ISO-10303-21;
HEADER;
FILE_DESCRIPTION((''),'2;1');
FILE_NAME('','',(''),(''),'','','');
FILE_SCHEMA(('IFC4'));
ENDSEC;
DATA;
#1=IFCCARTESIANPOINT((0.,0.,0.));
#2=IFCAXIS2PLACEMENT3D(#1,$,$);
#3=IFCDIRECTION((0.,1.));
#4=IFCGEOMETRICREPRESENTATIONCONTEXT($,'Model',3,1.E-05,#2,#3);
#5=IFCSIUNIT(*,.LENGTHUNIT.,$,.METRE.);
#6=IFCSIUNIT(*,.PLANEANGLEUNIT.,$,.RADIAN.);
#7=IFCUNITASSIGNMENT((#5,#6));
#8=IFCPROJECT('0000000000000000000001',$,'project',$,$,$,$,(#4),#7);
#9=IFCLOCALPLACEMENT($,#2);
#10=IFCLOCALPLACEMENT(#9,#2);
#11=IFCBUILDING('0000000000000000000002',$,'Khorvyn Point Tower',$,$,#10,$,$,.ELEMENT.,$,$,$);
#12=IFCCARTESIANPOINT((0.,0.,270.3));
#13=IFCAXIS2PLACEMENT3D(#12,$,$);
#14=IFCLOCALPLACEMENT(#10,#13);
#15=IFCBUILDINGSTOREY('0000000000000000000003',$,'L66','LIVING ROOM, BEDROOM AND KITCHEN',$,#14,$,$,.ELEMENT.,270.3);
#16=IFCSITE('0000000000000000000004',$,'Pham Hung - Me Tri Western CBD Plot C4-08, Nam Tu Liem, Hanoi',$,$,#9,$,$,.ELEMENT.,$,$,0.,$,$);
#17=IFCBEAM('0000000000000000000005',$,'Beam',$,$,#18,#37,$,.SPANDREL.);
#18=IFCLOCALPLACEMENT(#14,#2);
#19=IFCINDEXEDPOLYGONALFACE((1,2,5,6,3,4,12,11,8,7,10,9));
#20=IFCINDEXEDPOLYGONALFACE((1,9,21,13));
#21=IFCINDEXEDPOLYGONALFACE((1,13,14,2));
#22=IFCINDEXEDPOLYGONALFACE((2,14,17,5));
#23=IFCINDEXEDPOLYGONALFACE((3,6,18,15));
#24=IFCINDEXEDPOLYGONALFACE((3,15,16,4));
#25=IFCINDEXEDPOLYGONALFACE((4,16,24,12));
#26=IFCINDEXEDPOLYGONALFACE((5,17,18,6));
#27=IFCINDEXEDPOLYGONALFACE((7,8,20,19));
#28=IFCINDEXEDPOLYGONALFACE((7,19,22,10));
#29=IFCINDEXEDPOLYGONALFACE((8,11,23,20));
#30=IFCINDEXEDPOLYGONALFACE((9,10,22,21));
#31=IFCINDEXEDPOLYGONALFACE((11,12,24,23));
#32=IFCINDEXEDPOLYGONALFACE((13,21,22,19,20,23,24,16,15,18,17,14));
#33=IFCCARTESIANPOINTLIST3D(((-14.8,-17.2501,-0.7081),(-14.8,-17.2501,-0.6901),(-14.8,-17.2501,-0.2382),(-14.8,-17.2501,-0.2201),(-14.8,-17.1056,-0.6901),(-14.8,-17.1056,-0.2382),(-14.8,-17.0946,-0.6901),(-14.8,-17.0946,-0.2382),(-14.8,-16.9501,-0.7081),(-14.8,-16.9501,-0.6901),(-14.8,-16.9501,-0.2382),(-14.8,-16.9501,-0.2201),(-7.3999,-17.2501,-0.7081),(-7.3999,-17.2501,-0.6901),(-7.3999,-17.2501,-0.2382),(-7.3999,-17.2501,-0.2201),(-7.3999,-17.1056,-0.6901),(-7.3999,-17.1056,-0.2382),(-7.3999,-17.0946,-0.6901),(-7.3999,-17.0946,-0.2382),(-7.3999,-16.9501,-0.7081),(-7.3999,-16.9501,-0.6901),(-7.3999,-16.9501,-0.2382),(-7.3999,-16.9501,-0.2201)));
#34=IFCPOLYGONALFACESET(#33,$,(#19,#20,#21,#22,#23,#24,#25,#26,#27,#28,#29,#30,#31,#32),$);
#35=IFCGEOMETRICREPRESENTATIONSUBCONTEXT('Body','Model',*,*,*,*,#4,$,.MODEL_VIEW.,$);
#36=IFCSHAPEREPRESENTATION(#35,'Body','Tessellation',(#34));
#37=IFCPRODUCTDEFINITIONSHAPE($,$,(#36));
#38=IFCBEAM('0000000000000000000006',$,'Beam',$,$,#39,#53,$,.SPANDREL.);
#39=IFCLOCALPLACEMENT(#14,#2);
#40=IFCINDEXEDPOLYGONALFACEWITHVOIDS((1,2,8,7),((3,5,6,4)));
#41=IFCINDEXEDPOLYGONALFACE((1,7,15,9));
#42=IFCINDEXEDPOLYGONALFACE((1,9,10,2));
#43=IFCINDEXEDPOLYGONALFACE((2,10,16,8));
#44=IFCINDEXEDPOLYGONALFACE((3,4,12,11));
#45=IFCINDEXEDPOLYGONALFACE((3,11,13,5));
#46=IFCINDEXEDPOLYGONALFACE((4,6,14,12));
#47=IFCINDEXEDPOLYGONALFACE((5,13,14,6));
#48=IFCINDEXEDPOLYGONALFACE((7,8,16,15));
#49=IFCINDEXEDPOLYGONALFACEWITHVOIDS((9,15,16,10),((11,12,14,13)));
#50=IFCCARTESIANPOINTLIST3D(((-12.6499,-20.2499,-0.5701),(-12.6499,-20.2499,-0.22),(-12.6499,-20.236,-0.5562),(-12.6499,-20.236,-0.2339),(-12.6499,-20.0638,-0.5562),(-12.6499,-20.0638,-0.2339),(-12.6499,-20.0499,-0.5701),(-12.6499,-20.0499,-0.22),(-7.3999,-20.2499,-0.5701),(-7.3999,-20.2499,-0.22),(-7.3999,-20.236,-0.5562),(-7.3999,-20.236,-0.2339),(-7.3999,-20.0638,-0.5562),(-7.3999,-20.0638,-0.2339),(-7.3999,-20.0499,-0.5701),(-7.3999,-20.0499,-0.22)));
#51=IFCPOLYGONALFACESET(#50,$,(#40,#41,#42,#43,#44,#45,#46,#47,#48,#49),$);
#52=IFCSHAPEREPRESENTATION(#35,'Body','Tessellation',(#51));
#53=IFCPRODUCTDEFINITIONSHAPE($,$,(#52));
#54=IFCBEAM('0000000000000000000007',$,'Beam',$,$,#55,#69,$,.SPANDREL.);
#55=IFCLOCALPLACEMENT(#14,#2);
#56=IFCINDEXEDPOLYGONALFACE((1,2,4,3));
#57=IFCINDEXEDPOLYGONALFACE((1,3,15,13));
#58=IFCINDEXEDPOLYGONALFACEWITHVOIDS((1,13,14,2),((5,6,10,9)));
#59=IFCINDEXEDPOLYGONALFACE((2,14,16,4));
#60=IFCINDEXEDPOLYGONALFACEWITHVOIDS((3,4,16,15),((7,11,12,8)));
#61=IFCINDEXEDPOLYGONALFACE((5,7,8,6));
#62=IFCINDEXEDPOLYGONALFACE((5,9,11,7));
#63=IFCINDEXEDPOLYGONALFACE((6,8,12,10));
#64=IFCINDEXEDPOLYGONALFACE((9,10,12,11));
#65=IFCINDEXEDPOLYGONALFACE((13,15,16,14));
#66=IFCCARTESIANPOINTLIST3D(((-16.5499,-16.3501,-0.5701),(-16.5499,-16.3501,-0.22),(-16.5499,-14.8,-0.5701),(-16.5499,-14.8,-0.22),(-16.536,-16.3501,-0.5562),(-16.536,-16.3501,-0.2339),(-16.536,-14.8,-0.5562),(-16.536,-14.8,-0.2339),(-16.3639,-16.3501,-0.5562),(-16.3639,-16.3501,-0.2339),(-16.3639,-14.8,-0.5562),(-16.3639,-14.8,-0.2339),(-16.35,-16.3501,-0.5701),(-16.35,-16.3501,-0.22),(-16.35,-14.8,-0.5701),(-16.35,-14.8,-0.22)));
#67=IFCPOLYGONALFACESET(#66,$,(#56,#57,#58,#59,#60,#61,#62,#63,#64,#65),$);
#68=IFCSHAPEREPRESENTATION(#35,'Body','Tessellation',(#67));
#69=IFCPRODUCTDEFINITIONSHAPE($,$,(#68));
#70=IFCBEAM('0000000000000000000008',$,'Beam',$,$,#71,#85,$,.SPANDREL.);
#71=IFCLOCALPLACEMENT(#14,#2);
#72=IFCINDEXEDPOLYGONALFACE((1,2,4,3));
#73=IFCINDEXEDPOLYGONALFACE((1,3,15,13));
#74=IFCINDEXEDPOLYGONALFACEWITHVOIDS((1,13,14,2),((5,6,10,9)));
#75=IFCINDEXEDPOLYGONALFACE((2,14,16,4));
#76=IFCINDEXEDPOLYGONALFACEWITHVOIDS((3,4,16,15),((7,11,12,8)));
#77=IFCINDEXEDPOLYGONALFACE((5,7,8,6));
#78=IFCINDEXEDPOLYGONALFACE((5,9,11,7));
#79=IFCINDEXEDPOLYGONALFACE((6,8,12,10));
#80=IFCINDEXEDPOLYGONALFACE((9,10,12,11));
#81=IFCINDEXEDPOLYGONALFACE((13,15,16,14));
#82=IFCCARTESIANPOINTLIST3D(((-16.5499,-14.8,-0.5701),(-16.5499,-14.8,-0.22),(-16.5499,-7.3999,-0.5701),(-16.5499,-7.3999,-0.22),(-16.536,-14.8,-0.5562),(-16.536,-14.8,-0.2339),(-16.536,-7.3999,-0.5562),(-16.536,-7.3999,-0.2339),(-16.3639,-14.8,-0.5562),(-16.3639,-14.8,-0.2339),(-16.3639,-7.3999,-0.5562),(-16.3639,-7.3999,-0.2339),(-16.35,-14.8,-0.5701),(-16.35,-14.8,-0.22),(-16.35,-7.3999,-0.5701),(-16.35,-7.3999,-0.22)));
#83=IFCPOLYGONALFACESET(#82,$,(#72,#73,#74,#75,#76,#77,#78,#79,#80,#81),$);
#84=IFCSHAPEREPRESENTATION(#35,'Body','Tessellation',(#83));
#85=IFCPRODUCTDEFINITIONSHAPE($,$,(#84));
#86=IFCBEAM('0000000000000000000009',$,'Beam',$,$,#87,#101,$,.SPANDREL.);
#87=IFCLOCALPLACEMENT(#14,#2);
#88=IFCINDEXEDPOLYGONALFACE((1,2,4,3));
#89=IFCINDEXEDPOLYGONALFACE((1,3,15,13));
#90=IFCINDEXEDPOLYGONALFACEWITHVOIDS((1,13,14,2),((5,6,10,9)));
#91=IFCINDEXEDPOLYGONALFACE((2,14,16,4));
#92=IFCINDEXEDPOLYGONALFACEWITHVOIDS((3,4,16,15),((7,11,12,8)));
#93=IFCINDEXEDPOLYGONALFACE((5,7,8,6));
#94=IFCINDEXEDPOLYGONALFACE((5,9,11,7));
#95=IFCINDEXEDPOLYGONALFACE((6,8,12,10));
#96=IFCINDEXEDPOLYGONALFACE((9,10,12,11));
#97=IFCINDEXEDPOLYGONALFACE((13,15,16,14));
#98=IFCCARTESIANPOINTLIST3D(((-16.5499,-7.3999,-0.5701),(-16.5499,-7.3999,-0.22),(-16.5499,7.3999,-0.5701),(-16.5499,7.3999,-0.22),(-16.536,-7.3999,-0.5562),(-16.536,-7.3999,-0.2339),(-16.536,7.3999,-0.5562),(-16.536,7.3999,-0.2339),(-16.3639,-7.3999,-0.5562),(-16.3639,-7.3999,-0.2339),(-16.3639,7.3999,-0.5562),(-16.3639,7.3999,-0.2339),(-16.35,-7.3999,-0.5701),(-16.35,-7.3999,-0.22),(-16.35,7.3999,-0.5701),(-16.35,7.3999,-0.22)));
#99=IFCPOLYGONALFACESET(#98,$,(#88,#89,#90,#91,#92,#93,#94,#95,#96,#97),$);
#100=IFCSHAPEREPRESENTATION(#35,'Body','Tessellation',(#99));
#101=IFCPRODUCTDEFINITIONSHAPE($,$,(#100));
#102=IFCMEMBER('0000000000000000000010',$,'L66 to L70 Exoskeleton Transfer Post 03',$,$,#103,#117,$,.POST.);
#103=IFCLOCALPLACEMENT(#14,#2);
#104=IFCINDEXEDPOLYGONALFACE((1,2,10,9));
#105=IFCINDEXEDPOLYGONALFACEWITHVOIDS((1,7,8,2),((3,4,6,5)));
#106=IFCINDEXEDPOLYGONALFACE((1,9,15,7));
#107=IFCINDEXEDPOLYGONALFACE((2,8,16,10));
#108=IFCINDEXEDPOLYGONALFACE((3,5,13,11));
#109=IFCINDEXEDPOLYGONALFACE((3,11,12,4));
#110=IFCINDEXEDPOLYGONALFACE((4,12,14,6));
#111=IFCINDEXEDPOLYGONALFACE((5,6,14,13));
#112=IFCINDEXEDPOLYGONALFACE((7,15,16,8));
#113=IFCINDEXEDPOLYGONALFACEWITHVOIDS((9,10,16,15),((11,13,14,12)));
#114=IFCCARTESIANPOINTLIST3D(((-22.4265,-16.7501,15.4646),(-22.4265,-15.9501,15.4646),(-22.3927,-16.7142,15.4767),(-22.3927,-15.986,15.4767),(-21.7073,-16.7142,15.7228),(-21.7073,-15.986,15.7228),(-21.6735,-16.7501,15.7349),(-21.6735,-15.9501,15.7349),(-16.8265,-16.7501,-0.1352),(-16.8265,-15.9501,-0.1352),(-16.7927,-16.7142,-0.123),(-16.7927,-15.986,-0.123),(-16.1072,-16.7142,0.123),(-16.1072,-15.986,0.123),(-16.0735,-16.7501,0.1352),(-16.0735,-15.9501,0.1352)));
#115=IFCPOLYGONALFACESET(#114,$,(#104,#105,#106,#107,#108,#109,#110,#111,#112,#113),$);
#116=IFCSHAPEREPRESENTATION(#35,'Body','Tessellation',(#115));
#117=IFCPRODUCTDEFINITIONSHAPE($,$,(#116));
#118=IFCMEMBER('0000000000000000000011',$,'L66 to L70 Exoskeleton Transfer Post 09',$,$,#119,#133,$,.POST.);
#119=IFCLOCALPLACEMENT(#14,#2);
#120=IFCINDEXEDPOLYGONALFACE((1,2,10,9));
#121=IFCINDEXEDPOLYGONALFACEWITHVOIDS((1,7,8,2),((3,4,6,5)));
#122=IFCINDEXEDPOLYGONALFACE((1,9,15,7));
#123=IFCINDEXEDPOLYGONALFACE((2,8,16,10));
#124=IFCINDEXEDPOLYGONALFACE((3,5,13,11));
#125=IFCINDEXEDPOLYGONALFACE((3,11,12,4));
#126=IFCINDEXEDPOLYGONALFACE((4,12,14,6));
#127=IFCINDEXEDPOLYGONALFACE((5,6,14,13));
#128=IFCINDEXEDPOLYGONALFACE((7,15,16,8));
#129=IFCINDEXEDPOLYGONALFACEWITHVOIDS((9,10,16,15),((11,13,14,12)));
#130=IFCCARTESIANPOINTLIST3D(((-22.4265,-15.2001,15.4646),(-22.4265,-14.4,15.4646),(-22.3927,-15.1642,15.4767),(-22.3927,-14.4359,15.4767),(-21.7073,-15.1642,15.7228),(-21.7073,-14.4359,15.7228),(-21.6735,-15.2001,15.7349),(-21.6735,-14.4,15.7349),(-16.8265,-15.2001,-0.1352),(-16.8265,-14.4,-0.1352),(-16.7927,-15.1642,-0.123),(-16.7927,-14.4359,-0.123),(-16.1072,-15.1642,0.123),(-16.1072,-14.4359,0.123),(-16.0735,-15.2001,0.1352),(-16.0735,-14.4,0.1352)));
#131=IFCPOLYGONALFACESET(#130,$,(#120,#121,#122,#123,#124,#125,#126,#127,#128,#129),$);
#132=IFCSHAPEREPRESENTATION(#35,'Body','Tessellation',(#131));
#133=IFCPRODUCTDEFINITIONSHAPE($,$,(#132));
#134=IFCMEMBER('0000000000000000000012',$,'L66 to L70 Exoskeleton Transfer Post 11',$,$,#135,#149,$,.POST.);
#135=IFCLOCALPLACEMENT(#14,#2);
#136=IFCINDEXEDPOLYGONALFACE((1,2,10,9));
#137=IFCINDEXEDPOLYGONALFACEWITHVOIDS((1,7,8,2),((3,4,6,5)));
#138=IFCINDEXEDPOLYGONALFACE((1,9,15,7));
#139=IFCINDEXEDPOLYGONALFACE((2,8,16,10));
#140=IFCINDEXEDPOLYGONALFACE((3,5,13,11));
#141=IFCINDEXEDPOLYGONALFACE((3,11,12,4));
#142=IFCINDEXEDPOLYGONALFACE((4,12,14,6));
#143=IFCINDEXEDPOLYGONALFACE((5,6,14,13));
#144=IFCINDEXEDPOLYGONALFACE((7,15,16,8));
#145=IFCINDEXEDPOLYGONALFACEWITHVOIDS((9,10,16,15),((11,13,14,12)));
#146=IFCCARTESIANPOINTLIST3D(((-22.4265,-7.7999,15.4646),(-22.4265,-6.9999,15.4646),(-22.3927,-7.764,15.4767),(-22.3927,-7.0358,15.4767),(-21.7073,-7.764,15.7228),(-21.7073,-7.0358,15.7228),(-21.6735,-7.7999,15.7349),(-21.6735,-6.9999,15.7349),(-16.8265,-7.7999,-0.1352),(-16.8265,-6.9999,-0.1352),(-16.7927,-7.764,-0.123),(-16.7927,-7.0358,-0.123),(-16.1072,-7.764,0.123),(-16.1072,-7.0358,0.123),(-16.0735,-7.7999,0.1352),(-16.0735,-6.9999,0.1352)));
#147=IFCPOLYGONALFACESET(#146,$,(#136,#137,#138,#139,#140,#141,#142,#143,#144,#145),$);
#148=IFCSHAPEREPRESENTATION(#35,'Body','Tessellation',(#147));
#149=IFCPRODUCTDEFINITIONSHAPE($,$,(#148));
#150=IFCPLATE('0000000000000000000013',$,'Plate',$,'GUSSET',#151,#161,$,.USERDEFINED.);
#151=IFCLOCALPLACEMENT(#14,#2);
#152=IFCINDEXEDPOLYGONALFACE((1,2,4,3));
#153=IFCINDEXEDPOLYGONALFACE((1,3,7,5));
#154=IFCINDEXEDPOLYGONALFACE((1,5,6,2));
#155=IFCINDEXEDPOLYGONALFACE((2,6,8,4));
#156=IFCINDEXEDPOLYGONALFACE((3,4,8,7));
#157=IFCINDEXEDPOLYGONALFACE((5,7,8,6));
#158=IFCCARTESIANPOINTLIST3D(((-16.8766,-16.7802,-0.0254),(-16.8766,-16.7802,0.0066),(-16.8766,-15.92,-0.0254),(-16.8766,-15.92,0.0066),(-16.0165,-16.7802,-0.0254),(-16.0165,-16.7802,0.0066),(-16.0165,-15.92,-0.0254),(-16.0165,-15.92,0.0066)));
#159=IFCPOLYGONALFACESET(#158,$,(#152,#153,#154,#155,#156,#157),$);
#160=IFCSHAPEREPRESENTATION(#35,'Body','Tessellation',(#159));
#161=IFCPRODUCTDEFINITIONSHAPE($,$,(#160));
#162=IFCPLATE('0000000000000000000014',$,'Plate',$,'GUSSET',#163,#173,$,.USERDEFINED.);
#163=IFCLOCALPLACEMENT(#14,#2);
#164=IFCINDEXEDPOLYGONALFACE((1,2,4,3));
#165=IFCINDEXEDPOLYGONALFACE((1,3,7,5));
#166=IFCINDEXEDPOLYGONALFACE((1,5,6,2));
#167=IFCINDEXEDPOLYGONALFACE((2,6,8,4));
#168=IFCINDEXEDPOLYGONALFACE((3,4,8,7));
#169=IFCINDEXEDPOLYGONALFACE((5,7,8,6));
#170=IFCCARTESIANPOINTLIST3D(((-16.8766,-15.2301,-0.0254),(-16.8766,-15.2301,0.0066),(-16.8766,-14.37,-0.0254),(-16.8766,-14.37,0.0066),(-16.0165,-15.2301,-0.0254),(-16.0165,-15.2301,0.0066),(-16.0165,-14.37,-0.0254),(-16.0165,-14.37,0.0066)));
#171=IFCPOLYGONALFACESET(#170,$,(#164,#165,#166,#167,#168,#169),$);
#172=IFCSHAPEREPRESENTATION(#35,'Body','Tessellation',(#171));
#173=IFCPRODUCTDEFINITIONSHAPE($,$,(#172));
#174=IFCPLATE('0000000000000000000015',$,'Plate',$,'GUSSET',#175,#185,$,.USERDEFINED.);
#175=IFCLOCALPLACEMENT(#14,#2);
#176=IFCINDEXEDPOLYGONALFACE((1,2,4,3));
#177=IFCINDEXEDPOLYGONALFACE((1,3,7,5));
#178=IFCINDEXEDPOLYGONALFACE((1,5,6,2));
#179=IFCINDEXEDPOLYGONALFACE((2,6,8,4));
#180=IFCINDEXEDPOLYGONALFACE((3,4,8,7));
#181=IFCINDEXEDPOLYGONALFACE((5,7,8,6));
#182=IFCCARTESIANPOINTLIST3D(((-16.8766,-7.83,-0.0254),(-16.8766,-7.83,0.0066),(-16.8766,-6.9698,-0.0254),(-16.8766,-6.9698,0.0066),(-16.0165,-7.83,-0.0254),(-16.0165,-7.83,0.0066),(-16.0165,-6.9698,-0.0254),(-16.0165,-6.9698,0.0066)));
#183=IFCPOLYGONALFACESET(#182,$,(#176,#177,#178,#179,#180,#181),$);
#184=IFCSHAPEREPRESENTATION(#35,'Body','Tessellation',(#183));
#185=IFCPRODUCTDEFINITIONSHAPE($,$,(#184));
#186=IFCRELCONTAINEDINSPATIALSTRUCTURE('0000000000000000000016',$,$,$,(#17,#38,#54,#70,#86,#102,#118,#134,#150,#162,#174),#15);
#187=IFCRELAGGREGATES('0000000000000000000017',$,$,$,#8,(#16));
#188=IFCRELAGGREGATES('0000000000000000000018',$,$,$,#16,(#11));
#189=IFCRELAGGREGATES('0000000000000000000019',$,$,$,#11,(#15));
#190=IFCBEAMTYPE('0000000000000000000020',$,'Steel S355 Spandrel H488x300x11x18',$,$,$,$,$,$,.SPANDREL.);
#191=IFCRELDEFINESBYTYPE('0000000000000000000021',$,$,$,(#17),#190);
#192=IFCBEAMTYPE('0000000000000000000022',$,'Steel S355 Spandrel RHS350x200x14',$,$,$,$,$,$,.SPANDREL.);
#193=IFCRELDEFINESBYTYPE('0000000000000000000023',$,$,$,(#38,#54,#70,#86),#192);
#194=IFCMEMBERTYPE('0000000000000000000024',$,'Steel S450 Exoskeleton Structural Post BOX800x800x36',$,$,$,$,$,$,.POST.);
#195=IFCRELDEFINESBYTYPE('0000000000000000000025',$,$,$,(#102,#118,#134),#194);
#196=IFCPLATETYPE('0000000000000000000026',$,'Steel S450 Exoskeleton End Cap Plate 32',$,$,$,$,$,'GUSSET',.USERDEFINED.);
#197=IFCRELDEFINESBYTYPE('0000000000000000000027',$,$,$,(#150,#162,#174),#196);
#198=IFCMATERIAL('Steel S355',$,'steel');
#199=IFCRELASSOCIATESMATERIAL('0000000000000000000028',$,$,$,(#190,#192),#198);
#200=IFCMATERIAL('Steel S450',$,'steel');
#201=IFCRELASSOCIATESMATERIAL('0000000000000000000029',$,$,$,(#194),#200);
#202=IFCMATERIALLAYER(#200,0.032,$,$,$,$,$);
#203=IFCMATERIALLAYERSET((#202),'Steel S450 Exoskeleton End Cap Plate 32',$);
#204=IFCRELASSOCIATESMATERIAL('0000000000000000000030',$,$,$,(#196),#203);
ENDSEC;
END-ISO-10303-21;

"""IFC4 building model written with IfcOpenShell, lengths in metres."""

from ifc_helpers import new_model, si_unit, direction, frame, origin, origin_2d, place, context, subcontext, project, spatial, rectangle, hollow_rectangle, i_section, extrude, material, layer, layer_set, material_profile, profile_set, type_object, element, save


model = new_model("IFC4")

# Units and contexts
model_context = context("Model", 3, precision=1e-05, world=origin(), true_north=direction((0.0, 1.0)))
body_context = subcontext(model_context, "Body", "Model", "MODEL_VIEW")
ifc_project = project(units=[si_unit("LENGTHUNIT", "METRE"), si_unit("PLANEANGLEUNIT", "RADIAN")], contexts=[model_context])

# Site, building, storey
site_placement = place(None, origin())
site = spatial("IfcSite", under=ifc_project, at=site_placement, Name="Pham Hung - Me Tri Western CBD Plot C4-08, Nam Tu Liem, Hanoi", CompositionType="ELEMENT", RefElevation=0.0)
building_placement = place(site_placement, origin())
building = spatial("IfcBuilding", under=site, at=building_placement, Name="Khorvyn Point Tower", CompositionType="ELEMENT")
storey_placement = place(building_placement, frame((0.0, 0.0, 270.3)))
storey = spatial("IfcBuildingStorey", under=building, at=storey_placement, Name="L66", Description="LIVING ROOM, BEDROOM AND KITCHEN", CompositionType="ELEMENT", Elevation=270.3)

# Shared definitions
ifc_material_1 = material(Name="Steel S355", Category="steel")
ifc_material_2 = material(Name="Steel S450", Category="steel")

# Beams
ifc_material_profile_1 = material_profile(ifc_material_1, i_section(OverallWidth=0.3, OverallDepth=0.488, WebThickness=0.011, FlangeThickness=0.0181, at=origin_2d()))
ifc_profile_set_1 = profile_set([ifc_material_profile_1], Name="Steel S355 H488x300x11x18")
beam_type_1 = type_object("IfcBeamType", Name="Steel S355 Spandrel H488x300x11x18", PredefinedType="SPANDREL", material=ifc_profile_set_1)
beam_1_placement = place(storey_placement, frame((-14.8, -17.1001, -0.4641), z_axis=(1.0, 0.0, 0.0), x_axis=(0.0, 1.0, 0.0)))
element("IfcBeam", 1, at=beam_1_placement, inside=storey, type_object=beam_type_1, Name="Beam", PredefinedType="SPANDREL", context=body_context, shape_type="SweptSolid", body=[
    extrude(i_section(OverallWidth=0.3, OverallDepth=0.488, WebThickness=0.011, FlangeThickness=0.0181, at=origin_2d()), origin(), (0.0, 0.0, 1.0), 7.4001),
])
ifc_material_profile_2 = material_profile(ifc_material_1, hollow_rectangle(XDim=0.2, YDim=0.3501, WallThickness=0.0139, at=origin_2d()))
ifc_profile_set_2 = profile_set([ifc_material_profile_2], Name="Steel S355 RHS350x200x14")
beam_type_2 = type_object("IfcBeamType", Name="Steel S355 Spandrel RHS350x200x14", PredefinedType="SPANDREL", material=ifc_profile_set_2)
beam_2_placement = place(storey_placement, frame((-12.6499, -20.1499, -0.395), z_axis=(1.0, 0.0, 0.0), x_axis=(0.0, 1.0, 0.0)))
element("IfcBeam", 2, at=beam_2_placement, inside=storey, type_object=beam_type_2, Name="Beam", PredefinedType="SPANDREL", context=body_context, shape_type="SweptSolid", body=[
    extrude(hollow_rectangle(XDim=0.2, YDim=0.3501, WallThickness=0.0139, at=origin_2d()), origin(), (0.0, 0.0, 1.0), 5.25),
])
beam_3_placement = place(storey_placement, frame((-16.45, -16.3501, -0.395), z_axis=(0.0, 1.0, 0.0), x_axis=(-1.0, 0.0, 0.0)))
element("IfcBeam", 3, at=beam_3_placement, inside=storey, type_object=beam_type_2, Name="Beam", PredefinedType="SPANDREL", context=body_context, shape_type="SweptSolid", body=[
    extrude(hollow_rectangle(XDim=0.2, YDim=0.3501, WallThickness=0.0139, at=origin_2d()), origin(), (0.0, 0.0, 1.0), 1.55),
])
beam_4_placement = place(storey_placement, frame((-16.45, -14.8, -0.395), z_axis=(0.0, 1.0, 0.0), x_axis=(-1.0, 0.0, 0.0)))
element("IfcBeam", 4, at=beam_4_placement, inside=storey, type_object=beam_type_2, Name="Beam", PredefinedType="SPANDREL", context=body_context, shape_type="SweptSolid", body=[
    extrude(hollow_rectangle(XDim=0.2, YDim=0.3501, WallThickness=0.0139, at=origin_2d()), origin(), (0.0, 0.0, 1.0), 7.4001),
])
beam_5_placement = place(storey_placement, frame((-16.45, -7.3999, -0.395), z_axis=(0.0, 1.0, 0.0), x_axis=(-1.0, 0.0, 0.0)))
element("IfcBeam", 5, at=beam_5_placement, inside=storey, type_object=beam_type_2, Name="Beam", PredefinedType="SPANDREL", context=body_context, shape_type="SweptSolid", body=[
    extrude(hollow_rectangle(XDim=0.2, YDim=0.3501, WallThickness=0.0139, at=origin_2d()), origin(), (0.0, 0.0, 1.0), 14.7998),
])

# Members
ifc_material_profile_3 = material_profile(ifc_material_2, hollow_rectangle(XDim=0.8, YDim=0.8, WallThickness=0.0359, at=origin_2d()))
ifc_profile_set_3 = profile_set([ifc_material_profile_3], Name="Steel S450 BOX800x800x36")
member_type_1 = type_object("IfcMemberType", Name="Steel S450 Exoskeleton Structural Post BOX800x800x36", PredefinedType="POST", material=ifc_profile_set_3)
for number, where, z_axis, x_axis, name in (
    (6, (-16.45, -16.3501, 0.0), (-0.337873, 0.0, 0.941192), (0.0, -1.0, 0.0), "L66 to L70 Exoskeleton Transfer Post 03"),
    (7, (-16.45, -14.8, 0.0), (-0.337873, 0.0, 0.941192), (0.0, -1.0, 0.0), "L66 to L70 Exoskeleton Transfer Post 09"),
    (8, (-16.45, -7.3999, 0.0), (-0.337873, 0.0, 0.941192), (0.0, -1.0, 0.0), "L66 to L70 Exoskeleton Transfer Post 11"),
):
    element("IfcMember", number, at=place(storey_placement, frame(where, z_axis=z_axis, x_axis=x_axis)), inside=storey, type_object=member_type_1, Name=name, PredefinedType="POST", context=body_context, shape_type="SweptSolid", body=[
        extrude(hollow_rectangle(XDim=0.8, YDim=0.8, WallThickness=0.0359, at=origin_2d()), origin(), (0.0, 0.0, 1.0), 16.5745),
    ])

# Plates
ifc_layer_1 = layer(ifc_material_2, 0.032)
ifc_layer_set_1 = layer_set([ifc_layer_1], Name="Steel S450 Exoskeleton End Cap Plate 32")
plate_type = type_object("IfcPlateType", Name="Steel S450 Exoskeleton End Cap Plate 32", ElementType="GUSSET", PredefinedType="USERDEFINED", material=ifc_layer_set_1)
for number, where, z_axis, x_axis, name in (
    (9, (-16.4465, -16.3501, -0.0254), (0.0, 0.0, 1.0), (1.0, 0.0, 0.0), "Plate"),
    (10, (-16.4465, -14.8, -0.0254), (0.0, 0.0, 1.0), (1.0, 0.0, 0.0), "Plate"),
    (11, (-16.4465, -7.3999, -0.0254), (0.0, 0.0, 1.0), (1.0, 0.0, 0.0), "Plate"),
):
    element("IfcPlate", number, at=place(storey_placement, frame(where, z_axis=z_axis, x_axis=x_axis)), inside=storey, type_object=plate_type, Name=name, ObjectType="GUSSET", PredefinedType="USERDEFINED", context=body_context, shape_type="SweptSolid", body=[
        extrude(rectangle(XDim=0.8601, YDim=0.8601, at=origin_2d()), origin(), (0.0, 0.0, 1.0), 0.032),
    ])

save(model, "model.ifc")
